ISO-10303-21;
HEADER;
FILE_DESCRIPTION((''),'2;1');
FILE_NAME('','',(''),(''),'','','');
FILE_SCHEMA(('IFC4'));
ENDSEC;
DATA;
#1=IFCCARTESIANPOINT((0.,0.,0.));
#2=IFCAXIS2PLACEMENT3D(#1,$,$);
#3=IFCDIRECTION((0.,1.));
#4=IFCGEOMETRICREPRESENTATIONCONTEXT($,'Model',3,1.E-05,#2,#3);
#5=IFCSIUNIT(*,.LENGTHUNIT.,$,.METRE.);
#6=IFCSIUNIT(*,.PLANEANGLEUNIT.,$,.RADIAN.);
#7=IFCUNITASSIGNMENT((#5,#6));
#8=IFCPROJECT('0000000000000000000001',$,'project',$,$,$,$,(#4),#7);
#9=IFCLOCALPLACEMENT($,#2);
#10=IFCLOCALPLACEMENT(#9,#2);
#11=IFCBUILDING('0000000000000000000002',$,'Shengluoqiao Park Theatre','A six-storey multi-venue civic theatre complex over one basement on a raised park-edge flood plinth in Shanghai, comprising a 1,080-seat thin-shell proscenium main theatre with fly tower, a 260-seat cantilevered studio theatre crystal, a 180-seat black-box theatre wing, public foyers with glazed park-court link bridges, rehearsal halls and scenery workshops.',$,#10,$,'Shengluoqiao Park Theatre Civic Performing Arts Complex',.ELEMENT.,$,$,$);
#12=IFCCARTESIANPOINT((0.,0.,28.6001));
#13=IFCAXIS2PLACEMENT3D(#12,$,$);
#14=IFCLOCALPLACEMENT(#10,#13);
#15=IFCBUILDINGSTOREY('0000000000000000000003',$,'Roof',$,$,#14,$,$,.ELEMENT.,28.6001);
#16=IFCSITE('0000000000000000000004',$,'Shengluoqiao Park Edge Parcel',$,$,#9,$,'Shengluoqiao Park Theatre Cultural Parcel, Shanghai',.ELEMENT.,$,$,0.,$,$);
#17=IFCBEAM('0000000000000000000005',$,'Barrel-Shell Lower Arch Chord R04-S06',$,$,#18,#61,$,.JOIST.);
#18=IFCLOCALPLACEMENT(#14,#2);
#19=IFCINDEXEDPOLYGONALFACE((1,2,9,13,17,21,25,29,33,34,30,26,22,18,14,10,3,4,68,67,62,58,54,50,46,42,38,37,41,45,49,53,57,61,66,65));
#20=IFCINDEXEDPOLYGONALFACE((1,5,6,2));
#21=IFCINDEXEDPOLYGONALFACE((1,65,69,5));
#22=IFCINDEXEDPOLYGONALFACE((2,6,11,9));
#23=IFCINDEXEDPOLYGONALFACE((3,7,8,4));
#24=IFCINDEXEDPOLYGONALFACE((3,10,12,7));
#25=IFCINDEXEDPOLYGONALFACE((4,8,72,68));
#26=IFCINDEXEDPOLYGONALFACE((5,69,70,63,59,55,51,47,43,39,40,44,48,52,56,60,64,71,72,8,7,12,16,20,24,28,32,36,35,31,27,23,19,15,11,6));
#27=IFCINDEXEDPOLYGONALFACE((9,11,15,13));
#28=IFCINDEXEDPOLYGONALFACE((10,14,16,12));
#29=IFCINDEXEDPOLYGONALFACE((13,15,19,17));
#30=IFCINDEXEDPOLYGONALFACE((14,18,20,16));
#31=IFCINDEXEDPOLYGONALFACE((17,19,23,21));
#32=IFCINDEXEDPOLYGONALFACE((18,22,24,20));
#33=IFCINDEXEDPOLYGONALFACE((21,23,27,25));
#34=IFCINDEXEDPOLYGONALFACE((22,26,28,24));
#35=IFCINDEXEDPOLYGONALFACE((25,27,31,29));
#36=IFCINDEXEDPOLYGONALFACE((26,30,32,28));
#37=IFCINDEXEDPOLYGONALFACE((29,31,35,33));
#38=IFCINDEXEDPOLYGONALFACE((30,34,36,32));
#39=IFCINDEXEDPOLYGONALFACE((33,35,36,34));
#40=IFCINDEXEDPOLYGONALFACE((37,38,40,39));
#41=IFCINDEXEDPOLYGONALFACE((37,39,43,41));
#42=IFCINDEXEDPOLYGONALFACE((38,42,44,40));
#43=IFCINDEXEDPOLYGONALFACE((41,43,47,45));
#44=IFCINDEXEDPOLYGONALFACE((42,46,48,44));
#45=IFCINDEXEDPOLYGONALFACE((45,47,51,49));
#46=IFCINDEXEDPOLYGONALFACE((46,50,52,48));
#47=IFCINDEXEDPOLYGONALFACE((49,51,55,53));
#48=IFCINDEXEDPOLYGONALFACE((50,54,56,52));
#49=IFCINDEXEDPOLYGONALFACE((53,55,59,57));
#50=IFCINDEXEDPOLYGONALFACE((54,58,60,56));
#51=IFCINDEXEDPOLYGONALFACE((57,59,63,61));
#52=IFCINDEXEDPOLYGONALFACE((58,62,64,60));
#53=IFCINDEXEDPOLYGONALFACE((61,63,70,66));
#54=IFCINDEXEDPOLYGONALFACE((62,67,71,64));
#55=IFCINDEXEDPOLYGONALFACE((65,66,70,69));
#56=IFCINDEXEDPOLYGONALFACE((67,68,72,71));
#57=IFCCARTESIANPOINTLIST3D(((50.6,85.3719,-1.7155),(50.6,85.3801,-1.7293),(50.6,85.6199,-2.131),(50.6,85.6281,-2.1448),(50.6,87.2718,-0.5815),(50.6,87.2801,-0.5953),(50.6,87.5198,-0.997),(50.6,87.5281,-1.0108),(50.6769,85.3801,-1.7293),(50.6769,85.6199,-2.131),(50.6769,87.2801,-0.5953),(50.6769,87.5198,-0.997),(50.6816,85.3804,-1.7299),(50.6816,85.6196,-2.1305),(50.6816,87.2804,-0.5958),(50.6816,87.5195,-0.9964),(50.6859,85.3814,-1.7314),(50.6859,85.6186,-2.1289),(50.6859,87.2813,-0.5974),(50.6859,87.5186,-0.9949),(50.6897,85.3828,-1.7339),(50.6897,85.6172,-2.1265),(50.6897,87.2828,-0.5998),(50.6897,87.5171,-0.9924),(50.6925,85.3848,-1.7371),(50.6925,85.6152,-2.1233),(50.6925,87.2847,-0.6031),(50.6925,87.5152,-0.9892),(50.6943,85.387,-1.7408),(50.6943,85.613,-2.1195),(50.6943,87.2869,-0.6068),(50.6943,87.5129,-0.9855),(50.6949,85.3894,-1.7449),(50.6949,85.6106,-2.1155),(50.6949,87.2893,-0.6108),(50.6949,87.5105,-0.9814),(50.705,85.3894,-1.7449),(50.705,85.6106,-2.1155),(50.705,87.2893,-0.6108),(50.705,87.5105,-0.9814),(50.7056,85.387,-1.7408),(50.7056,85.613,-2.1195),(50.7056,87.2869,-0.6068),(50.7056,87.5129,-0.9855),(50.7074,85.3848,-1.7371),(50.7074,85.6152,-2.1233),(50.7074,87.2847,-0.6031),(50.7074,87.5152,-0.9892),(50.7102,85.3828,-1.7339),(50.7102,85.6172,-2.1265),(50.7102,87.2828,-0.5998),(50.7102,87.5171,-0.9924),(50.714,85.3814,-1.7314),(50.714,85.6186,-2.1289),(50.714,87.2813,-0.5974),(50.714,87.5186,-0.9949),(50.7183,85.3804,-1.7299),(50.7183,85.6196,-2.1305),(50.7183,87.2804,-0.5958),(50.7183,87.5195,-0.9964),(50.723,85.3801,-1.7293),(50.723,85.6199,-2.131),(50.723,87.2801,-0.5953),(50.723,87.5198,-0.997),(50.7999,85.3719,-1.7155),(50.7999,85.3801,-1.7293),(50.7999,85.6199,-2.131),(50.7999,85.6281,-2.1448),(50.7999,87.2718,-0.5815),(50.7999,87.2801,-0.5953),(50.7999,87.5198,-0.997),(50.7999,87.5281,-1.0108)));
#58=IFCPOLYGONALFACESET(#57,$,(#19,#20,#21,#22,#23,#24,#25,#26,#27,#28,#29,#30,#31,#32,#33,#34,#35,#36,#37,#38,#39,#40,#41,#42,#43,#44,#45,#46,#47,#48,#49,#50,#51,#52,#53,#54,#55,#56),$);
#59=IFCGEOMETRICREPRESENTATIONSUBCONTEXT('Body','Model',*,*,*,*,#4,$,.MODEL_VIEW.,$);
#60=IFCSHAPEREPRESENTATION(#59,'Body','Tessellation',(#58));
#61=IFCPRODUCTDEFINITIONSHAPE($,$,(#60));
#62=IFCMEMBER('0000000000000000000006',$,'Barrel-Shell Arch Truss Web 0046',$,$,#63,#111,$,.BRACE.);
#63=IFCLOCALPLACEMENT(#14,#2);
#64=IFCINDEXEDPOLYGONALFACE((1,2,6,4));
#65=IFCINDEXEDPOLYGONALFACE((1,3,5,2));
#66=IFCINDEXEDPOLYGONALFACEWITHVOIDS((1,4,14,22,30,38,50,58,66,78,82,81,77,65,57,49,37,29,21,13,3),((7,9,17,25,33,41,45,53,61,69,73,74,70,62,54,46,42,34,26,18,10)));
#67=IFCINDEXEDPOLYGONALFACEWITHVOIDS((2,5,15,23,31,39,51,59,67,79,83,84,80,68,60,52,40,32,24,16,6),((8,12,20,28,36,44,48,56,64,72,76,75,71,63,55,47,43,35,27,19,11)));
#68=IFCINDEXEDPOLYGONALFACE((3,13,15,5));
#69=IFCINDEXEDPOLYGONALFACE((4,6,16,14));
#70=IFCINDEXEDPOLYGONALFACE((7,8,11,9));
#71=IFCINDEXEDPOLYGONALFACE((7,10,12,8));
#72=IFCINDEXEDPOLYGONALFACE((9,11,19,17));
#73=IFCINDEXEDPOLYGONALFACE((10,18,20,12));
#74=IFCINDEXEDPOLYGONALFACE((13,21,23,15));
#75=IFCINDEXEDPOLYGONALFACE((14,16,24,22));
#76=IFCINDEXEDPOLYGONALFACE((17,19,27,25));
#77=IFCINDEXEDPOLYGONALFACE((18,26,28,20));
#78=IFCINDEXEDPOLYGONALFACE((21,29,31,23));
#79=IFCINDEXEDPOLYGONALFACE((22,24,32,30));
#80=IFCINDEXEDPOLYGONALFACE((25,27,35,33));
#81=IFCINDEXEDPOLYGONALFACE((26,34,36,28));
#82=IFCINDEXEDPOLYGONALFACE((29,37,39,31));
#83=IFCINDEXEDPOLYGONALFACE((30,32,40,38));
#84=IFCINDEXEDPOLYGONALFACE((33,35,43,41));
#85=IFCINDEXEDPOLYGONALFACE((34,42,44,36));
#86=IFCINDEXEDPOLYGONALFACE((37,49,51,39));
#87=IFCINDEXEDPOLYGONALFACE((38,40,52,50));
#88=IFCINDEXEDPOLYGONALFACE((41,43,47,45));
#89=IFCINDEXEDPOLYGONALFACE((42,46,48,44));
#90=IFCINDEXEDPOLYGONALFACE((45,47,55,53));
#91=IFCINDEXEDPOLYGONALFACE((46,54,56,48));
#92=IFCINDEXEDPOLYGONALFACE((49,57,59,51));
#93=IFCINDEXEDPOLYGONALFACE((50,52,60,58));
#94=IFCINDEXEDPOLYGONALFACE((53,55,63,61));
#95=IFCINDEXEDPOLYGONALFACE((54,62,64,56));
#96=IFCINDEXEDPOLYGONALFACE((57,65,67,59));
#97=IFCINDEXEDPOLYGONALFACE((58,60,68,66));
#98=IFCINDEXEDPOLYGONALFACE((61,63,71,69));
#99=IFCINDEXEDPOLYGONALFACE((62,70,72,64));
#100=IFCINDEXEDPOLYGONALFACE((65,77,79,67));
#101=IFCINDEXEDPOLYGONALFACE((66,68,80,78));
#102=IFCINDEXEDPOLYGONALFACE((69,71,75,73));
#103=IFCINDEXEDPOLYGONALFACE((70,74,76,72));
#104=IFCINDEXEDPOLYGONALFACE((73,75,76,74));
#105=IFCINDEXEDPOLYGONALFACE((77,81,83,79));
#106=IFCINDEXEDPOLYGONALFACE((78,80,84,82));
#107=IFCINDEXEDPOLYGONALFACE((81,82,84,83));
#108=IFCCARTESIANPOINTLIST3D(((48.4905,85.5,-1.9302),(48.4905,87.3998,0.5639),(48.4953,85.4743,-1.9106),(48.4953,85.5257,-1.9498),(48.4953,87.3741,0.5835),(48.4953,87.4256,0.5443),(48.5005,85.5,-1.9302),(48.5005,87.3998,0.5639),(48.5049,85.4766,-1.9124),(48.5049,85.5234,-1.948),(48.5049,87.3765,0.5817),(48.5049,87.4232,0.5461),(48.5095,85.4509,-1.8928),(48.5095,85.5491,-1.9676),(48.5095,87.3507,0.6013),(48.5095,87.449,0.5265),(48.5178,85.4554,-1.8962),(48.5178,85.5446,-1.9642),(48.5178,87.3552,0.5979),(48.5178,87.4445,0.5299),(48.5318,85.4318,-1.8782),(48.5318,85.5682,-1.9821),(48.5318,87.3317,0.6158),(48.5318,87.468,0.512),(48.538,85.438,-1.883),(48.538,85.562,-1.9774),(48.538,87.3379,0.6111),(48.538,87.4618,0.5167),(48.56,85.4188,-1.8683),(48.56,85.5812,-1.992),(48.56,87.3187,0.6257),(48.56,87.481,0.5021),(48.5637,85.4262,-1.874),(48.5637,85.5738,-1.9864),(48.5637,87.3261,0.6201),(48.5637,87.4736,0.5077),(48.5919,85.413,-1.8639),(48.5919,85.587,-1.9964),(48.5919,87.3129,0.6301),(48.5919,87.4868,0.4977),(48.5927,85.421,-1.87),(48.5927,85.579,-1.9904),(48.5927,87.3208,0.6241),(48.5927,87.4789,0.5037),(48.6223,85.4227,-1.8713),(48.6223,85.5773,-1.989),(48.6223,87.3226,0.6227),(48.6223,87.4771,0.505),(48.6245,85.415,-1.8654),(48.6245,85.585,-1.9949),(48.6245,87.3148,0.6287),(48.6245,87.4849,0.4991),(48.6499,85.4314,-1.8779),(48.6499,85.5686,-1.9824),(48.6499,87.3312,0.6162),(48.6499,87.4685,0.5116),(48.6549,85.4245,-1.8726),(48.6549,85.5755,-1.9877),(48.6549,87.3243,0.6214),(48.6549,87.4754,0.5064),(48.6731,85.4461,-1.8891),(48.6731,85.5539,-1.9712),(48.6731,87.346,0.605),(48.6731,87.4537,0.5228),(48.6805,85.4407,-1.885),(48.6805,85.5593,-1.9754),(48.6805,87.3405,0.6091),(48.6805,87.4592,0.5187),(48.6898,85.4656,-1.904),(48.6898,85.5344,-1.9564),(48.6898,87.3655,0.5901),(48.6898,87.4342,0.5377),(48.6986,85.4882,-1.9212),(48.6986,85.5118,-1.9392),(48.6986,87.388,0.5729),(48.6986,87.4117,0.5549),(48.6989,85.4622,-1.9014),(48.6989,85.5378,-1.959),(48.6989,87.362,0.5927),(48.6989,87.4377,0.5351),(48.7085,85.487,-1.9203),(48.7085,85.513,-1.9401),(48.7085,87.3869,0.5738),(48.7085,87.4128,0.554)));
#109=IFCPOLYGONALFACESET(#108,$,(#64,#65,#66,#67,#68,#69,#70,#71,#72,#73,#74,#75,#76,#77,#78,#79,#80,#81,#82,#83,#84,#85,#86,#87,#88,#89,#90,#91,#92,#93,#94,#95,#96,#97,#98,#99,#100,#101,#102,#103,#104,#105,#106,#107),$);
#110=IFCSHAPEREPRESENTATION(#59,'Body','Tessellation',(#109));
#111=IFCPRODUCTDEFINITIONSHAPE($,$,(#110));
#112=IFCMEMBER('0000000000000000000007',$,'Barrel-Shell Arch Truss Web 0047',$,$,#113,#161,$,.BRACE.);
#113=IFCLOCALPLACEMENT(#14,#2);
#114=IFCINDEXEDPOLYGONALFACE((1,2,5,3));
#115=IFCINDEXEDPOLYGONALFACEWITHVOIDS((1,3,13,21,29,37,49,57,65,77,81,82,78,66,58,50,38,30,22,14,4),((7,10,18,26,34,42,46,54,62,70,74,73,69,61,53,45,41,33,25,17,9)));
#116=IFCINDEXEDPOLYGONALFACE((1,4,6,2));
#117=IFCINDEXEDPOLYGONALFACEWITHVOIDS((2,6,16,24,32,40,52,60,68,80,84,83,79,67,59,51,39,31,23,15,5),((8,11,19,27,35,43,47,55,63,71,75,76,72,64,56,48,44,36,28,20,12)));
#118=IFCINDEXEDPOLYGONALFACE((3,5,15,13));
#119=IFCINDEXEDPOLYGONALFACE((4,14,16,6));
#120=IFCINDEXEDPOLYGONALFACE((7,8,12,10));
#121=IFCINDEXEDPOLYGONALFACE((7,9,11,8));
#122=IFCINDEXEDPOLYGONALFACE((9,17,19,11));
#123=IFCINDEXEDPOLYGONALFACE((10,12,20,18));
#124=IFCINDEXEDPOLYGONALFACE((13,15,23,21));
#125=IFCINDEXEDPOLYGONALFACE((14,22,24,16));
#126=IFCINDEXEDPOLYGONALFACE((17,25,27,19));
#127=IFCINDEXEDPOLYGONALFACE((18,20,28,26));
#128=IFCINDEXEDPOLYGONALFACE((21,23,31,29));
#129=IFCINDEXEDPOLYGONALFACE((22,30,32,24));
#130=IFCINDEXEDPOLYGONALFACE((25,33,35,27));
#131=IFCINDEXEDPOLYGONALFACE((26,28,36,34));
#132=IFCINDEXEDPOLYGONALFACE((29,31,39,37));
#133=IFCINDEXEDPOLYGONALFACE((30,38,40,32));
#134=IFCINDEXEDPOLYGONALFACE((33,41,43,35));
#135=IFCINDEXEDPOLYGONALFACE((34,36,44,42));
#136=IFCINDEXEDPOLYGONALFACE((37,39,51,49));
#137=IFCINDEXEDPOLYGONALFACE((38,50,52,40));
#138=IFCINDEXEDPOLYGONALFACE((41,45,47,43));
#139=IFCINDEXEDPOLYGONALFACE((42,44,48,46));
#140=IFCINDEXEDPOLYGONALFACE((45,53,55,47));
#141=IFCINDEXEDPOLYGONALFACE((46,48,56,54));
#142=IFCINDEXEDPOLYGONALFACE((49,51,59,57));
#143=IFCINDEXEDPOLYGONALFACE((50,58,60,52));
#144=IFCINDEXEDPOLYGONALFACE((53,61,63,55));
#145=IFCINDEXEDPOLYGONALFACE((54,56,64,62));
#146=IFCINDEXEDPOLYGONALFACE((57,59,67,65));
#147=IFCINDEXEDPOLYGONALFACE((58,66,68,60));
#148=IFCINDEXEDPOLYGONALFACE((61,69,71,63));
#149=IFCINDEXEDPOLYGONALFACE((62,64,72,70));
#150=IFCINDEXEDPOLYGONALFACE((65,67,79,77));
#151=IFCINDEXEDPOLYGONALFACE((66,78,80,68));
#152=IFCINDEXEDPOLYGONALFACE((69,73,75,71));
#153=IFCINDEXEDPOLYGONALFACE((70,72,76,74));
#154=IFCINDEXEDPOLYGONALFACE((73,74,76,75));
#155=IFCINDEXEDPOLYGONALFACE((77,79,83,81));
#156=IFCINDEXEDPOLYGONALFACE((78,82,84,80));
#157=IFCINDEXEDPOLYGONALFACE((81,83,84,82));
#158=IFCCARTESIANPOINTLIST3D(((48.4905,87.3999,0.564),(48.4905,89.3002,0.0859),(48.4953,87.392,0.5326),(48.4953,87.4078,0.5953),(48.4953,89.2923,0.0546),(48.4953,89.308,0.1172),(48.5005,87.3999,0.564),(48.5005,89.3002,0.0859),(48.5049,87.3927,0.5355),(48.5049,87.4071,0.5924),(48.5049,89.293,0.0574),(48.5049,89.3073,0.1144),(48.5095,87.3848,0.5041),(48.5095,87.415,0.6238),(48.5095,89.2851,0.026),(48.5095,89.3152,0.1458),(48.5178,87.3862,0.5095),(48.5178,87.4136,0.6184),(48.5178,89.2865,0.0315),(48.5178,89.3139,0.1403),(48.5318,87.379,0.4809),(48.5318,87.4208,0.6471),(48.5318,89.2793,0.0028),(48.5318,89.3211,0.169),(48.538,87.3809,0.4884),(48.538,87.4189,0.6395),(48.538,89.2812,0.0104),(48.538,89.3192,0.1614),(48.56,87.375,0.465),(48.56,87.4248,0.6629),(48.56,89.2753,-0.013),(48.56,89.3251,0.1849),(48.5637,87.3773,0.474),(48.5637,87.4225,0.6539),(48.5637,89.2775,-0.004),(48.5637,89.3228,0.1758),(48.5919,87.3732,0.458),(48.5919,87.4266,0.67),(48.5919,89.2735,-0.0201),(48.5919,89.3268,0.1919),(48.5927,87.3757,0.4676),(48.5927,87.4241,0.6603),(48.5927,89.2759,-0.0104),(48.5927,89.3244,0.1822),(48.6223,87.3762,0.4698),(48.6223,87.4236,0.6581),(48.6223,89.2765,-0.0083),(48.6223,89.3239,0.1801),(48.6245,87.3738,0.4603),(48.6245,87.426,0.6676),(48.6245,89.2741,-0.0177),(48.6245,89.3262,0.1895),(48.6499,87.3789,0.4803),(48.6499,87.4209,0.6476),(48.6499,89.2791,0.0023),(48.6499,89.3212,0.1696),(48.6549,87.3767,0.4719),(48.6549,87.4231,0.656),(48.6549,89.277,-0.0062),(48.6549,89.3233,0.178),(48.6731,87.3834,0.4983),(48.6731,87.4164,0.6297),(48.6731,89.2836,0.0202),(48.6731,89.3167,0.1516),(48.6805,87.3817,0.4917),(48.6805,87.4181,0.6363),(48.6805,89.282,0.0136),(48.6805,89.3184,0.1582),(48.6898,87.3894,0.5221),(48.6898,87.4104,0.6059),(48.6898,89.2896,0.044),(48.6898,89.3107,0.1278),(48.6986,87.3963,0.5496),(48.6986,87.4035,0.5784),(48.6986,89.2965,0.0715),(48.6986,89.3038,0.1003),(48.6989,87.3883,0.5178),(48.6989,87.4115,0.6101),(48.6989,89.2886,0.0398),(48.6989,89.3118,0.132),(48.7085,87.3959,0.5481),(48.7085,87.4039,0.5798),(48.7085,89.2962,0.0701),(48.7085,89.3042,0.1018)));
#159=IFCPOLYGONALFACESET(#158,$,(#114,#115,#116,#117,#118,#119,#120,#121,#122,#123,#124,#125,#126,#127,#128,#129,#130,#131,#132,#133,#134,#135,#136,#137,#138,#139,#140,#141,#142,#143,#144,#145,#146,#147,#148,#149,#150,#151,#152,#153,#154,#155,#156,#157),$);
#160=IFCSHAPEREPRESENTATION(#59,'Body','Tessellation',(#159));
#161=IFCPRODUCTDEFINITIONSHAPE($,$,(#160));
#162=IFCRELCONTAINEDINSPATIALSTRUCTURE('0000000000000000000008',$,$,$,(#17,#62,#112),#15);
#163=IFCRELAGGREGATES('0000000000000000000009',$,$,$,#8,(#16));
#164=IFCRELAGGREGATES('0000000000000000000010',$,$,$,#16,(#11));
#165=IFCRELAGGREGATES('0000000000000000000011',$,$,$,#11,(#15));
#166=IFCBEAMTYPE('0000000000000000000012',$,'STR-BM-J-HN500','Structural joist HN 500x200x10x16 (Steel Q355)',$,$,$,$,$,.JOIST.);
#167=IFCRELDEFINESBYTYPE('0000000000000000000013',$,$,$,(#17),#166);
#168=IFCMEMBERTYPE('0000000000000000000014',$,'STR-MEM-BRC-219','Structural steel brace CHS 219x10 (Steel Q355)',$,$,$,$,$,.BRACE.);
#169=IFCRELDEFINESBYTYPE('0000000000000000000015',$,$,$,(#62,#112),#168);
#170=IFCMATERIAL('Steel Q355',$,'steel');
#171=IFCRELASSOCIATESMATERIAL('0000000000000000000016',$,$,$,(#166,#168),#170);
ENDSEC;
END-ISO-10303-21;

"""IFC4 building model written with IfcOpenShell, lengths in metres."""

from ifc_helpers import new_model, si_unit, direction, frame, origin, origin_2d, place, context, subcontext, project, spatial, hollow_circle, i_section, extrude, material, material_profile, profile_set, type_object, element, save


model = new_model("IFC4")

# Units and contexts
model_context = context("Model", 3, precision=1e-05, world=origin(), true_north=direction((0.0, 1.0)))
body_context = subcontext(model_context, "Body", "Model", "MODEL_VIEW")
ifc_project = project(units=[si_unit("LENGTHUNIT", "METRE"), si_unit("PLANEANGLEUNIT", "RADIAN")], contexts=[model_context])

# Site, building, storey
site_placement = place(None, origin())
site = spatial("IfcSite", under=ifc_project, at=site_placement, Name="Shengluoqiao Park Edge Parcel", LongName="Shengluoqiao Park Theatre Cultural Parcel, Shanghai", CompositionType="ELEMENT", RefElevation=0.0)
building_placement = place(site_placement, origin())
building = spatial("IfcBuilding", under=site, at=building_placement, Name="Shengluoqiao Park Theatre", Description="A six-storey multi-venue civic theatre complex over one basement on a raised park-edge flood plinth in Shanghai, comprising a 1,080-seat thin-shell proscenium main theatre with fly tower, a 260-seat cantilevered studio theatre crystal, a 180-seat black-box theatre wing, public foyers with glazed park-court link bridges, rehearsal halls and scenery workshops.", LongName="Shengluoqiao Park Theatre Civic Performing Arts Complex", CompositionType="ELEMENT")
storey_placement = place(building_placement, frame((0.0, 0.0, 28.6001)))
storey = spatial("IfcBuildingStorey", under=building, at=storey_placement, Name="Roof", CompositionType="ELEMENT", Elevation=28.6001)

# Beam
ifc_material_1 = material(Name="Steel Q355", Category="steel")
ifc_material_profile_1 = material_profile(ifc_material_1, i_section(OverallWidth=0.2, OverallDepth=0.5, WebThickness=0.01, FlangeThickness=0.0161, FilletRadius=0.0181, at=origin_2d()), Name="HN 500x200x10x16")
ifc_profile_set_1 = profile_set([ifc_material_profile_1], Name="Steel Q355")
beam_type_1 = type_object("IfcBeamType", Name="STR-BM-J-HN500", Description="Structural joist HN 500x200x10x16 (Steel Q355)", PredefinedType="JOIST", material=ifc_profile_set_1)
beam_1_placement = place(storey_placement, frame((50.7, 85.5, -1.9302), z_axis=(0.0, 0.858669, 0.512531), x_axis=(-1.0, 0.0, 0.0)))
element("IfcBeam", 1, at=beam_1_placement, inside=storey, type_object=beam_type_1, Name="Barrel-Shell Lower Arch Chord R04-S06", PredefinedType="JOIST", context=body_context, shape_type="SweptSolid", body=[
    extrude(i_section(OverallWidth=0.2, OverallDepth=0.5, WebThickness=0.01, FlangeThickness=0.0161, FilletRadius=0.0181, at=origin_2d()), origin(), (0.0, 0.0, 1.0), 2.2126),
])

# Members
ifc_material_profile_2 = material_profile(ifc_material_1, hollow_circle(Radius=0.1096, WallThickness=0.01, at=origin_2d()), Name="CHS 219x10")
ifc_profile_set_2 = profile_set([ifc_material_profile_2], Name="Steel Q355")
member_type_1 = type_object("IfcMemberType", Name="STR-MEM-BRC-219", Description="Structural steel brace CHS 219x10 (Steel Q355)", PredefinedType="BRACE", material=ifc_profile_set_2)
member_1_placement = place(storey_placement, frame((48.6001, 85.5, -1.9302), z_axis=(0.0, 0.605963, 0.795492), x_axis=(-1.0, 0.0, 0.0)))
element("IfcMember", 2, at=member_1_placement, inside=storey, type_object=member_type_1, Name="Barrel-Shell Arch Truss Web 0046", PredefinedType="BRACE", context=body_context, shape_type="SweptSolid", body=[
    extrude(hollow_circle(Radius=0.1096, WallThickness=0.01, at=origin_2d()), origin(), (0.0, 0.0, 1.0), 3.1353),
])
member_2_placement = place(storey_placement, frame((48.6001, 87.3999, 0.564), z_axis=(0.0, 0.969782, -0.243972), x_axis=(-1.0, 0.0, 0.0)))
element("IfcMember", 3, at=member_2_placement, inside=storey, type_object=member_type_1, Name="Barrel-Shell Arch Truss Web 0047", PredefinedType="BRACE", context=body_context, shape_type="SweptSolid", body=[
    extrude(hollow_circle(Radius=0.1096, WallThickness=0.01, at=origin_2d()), origin(), (0.0, 0.0, 1.0), 1.9595),
])

save(model, "model.ifc")
